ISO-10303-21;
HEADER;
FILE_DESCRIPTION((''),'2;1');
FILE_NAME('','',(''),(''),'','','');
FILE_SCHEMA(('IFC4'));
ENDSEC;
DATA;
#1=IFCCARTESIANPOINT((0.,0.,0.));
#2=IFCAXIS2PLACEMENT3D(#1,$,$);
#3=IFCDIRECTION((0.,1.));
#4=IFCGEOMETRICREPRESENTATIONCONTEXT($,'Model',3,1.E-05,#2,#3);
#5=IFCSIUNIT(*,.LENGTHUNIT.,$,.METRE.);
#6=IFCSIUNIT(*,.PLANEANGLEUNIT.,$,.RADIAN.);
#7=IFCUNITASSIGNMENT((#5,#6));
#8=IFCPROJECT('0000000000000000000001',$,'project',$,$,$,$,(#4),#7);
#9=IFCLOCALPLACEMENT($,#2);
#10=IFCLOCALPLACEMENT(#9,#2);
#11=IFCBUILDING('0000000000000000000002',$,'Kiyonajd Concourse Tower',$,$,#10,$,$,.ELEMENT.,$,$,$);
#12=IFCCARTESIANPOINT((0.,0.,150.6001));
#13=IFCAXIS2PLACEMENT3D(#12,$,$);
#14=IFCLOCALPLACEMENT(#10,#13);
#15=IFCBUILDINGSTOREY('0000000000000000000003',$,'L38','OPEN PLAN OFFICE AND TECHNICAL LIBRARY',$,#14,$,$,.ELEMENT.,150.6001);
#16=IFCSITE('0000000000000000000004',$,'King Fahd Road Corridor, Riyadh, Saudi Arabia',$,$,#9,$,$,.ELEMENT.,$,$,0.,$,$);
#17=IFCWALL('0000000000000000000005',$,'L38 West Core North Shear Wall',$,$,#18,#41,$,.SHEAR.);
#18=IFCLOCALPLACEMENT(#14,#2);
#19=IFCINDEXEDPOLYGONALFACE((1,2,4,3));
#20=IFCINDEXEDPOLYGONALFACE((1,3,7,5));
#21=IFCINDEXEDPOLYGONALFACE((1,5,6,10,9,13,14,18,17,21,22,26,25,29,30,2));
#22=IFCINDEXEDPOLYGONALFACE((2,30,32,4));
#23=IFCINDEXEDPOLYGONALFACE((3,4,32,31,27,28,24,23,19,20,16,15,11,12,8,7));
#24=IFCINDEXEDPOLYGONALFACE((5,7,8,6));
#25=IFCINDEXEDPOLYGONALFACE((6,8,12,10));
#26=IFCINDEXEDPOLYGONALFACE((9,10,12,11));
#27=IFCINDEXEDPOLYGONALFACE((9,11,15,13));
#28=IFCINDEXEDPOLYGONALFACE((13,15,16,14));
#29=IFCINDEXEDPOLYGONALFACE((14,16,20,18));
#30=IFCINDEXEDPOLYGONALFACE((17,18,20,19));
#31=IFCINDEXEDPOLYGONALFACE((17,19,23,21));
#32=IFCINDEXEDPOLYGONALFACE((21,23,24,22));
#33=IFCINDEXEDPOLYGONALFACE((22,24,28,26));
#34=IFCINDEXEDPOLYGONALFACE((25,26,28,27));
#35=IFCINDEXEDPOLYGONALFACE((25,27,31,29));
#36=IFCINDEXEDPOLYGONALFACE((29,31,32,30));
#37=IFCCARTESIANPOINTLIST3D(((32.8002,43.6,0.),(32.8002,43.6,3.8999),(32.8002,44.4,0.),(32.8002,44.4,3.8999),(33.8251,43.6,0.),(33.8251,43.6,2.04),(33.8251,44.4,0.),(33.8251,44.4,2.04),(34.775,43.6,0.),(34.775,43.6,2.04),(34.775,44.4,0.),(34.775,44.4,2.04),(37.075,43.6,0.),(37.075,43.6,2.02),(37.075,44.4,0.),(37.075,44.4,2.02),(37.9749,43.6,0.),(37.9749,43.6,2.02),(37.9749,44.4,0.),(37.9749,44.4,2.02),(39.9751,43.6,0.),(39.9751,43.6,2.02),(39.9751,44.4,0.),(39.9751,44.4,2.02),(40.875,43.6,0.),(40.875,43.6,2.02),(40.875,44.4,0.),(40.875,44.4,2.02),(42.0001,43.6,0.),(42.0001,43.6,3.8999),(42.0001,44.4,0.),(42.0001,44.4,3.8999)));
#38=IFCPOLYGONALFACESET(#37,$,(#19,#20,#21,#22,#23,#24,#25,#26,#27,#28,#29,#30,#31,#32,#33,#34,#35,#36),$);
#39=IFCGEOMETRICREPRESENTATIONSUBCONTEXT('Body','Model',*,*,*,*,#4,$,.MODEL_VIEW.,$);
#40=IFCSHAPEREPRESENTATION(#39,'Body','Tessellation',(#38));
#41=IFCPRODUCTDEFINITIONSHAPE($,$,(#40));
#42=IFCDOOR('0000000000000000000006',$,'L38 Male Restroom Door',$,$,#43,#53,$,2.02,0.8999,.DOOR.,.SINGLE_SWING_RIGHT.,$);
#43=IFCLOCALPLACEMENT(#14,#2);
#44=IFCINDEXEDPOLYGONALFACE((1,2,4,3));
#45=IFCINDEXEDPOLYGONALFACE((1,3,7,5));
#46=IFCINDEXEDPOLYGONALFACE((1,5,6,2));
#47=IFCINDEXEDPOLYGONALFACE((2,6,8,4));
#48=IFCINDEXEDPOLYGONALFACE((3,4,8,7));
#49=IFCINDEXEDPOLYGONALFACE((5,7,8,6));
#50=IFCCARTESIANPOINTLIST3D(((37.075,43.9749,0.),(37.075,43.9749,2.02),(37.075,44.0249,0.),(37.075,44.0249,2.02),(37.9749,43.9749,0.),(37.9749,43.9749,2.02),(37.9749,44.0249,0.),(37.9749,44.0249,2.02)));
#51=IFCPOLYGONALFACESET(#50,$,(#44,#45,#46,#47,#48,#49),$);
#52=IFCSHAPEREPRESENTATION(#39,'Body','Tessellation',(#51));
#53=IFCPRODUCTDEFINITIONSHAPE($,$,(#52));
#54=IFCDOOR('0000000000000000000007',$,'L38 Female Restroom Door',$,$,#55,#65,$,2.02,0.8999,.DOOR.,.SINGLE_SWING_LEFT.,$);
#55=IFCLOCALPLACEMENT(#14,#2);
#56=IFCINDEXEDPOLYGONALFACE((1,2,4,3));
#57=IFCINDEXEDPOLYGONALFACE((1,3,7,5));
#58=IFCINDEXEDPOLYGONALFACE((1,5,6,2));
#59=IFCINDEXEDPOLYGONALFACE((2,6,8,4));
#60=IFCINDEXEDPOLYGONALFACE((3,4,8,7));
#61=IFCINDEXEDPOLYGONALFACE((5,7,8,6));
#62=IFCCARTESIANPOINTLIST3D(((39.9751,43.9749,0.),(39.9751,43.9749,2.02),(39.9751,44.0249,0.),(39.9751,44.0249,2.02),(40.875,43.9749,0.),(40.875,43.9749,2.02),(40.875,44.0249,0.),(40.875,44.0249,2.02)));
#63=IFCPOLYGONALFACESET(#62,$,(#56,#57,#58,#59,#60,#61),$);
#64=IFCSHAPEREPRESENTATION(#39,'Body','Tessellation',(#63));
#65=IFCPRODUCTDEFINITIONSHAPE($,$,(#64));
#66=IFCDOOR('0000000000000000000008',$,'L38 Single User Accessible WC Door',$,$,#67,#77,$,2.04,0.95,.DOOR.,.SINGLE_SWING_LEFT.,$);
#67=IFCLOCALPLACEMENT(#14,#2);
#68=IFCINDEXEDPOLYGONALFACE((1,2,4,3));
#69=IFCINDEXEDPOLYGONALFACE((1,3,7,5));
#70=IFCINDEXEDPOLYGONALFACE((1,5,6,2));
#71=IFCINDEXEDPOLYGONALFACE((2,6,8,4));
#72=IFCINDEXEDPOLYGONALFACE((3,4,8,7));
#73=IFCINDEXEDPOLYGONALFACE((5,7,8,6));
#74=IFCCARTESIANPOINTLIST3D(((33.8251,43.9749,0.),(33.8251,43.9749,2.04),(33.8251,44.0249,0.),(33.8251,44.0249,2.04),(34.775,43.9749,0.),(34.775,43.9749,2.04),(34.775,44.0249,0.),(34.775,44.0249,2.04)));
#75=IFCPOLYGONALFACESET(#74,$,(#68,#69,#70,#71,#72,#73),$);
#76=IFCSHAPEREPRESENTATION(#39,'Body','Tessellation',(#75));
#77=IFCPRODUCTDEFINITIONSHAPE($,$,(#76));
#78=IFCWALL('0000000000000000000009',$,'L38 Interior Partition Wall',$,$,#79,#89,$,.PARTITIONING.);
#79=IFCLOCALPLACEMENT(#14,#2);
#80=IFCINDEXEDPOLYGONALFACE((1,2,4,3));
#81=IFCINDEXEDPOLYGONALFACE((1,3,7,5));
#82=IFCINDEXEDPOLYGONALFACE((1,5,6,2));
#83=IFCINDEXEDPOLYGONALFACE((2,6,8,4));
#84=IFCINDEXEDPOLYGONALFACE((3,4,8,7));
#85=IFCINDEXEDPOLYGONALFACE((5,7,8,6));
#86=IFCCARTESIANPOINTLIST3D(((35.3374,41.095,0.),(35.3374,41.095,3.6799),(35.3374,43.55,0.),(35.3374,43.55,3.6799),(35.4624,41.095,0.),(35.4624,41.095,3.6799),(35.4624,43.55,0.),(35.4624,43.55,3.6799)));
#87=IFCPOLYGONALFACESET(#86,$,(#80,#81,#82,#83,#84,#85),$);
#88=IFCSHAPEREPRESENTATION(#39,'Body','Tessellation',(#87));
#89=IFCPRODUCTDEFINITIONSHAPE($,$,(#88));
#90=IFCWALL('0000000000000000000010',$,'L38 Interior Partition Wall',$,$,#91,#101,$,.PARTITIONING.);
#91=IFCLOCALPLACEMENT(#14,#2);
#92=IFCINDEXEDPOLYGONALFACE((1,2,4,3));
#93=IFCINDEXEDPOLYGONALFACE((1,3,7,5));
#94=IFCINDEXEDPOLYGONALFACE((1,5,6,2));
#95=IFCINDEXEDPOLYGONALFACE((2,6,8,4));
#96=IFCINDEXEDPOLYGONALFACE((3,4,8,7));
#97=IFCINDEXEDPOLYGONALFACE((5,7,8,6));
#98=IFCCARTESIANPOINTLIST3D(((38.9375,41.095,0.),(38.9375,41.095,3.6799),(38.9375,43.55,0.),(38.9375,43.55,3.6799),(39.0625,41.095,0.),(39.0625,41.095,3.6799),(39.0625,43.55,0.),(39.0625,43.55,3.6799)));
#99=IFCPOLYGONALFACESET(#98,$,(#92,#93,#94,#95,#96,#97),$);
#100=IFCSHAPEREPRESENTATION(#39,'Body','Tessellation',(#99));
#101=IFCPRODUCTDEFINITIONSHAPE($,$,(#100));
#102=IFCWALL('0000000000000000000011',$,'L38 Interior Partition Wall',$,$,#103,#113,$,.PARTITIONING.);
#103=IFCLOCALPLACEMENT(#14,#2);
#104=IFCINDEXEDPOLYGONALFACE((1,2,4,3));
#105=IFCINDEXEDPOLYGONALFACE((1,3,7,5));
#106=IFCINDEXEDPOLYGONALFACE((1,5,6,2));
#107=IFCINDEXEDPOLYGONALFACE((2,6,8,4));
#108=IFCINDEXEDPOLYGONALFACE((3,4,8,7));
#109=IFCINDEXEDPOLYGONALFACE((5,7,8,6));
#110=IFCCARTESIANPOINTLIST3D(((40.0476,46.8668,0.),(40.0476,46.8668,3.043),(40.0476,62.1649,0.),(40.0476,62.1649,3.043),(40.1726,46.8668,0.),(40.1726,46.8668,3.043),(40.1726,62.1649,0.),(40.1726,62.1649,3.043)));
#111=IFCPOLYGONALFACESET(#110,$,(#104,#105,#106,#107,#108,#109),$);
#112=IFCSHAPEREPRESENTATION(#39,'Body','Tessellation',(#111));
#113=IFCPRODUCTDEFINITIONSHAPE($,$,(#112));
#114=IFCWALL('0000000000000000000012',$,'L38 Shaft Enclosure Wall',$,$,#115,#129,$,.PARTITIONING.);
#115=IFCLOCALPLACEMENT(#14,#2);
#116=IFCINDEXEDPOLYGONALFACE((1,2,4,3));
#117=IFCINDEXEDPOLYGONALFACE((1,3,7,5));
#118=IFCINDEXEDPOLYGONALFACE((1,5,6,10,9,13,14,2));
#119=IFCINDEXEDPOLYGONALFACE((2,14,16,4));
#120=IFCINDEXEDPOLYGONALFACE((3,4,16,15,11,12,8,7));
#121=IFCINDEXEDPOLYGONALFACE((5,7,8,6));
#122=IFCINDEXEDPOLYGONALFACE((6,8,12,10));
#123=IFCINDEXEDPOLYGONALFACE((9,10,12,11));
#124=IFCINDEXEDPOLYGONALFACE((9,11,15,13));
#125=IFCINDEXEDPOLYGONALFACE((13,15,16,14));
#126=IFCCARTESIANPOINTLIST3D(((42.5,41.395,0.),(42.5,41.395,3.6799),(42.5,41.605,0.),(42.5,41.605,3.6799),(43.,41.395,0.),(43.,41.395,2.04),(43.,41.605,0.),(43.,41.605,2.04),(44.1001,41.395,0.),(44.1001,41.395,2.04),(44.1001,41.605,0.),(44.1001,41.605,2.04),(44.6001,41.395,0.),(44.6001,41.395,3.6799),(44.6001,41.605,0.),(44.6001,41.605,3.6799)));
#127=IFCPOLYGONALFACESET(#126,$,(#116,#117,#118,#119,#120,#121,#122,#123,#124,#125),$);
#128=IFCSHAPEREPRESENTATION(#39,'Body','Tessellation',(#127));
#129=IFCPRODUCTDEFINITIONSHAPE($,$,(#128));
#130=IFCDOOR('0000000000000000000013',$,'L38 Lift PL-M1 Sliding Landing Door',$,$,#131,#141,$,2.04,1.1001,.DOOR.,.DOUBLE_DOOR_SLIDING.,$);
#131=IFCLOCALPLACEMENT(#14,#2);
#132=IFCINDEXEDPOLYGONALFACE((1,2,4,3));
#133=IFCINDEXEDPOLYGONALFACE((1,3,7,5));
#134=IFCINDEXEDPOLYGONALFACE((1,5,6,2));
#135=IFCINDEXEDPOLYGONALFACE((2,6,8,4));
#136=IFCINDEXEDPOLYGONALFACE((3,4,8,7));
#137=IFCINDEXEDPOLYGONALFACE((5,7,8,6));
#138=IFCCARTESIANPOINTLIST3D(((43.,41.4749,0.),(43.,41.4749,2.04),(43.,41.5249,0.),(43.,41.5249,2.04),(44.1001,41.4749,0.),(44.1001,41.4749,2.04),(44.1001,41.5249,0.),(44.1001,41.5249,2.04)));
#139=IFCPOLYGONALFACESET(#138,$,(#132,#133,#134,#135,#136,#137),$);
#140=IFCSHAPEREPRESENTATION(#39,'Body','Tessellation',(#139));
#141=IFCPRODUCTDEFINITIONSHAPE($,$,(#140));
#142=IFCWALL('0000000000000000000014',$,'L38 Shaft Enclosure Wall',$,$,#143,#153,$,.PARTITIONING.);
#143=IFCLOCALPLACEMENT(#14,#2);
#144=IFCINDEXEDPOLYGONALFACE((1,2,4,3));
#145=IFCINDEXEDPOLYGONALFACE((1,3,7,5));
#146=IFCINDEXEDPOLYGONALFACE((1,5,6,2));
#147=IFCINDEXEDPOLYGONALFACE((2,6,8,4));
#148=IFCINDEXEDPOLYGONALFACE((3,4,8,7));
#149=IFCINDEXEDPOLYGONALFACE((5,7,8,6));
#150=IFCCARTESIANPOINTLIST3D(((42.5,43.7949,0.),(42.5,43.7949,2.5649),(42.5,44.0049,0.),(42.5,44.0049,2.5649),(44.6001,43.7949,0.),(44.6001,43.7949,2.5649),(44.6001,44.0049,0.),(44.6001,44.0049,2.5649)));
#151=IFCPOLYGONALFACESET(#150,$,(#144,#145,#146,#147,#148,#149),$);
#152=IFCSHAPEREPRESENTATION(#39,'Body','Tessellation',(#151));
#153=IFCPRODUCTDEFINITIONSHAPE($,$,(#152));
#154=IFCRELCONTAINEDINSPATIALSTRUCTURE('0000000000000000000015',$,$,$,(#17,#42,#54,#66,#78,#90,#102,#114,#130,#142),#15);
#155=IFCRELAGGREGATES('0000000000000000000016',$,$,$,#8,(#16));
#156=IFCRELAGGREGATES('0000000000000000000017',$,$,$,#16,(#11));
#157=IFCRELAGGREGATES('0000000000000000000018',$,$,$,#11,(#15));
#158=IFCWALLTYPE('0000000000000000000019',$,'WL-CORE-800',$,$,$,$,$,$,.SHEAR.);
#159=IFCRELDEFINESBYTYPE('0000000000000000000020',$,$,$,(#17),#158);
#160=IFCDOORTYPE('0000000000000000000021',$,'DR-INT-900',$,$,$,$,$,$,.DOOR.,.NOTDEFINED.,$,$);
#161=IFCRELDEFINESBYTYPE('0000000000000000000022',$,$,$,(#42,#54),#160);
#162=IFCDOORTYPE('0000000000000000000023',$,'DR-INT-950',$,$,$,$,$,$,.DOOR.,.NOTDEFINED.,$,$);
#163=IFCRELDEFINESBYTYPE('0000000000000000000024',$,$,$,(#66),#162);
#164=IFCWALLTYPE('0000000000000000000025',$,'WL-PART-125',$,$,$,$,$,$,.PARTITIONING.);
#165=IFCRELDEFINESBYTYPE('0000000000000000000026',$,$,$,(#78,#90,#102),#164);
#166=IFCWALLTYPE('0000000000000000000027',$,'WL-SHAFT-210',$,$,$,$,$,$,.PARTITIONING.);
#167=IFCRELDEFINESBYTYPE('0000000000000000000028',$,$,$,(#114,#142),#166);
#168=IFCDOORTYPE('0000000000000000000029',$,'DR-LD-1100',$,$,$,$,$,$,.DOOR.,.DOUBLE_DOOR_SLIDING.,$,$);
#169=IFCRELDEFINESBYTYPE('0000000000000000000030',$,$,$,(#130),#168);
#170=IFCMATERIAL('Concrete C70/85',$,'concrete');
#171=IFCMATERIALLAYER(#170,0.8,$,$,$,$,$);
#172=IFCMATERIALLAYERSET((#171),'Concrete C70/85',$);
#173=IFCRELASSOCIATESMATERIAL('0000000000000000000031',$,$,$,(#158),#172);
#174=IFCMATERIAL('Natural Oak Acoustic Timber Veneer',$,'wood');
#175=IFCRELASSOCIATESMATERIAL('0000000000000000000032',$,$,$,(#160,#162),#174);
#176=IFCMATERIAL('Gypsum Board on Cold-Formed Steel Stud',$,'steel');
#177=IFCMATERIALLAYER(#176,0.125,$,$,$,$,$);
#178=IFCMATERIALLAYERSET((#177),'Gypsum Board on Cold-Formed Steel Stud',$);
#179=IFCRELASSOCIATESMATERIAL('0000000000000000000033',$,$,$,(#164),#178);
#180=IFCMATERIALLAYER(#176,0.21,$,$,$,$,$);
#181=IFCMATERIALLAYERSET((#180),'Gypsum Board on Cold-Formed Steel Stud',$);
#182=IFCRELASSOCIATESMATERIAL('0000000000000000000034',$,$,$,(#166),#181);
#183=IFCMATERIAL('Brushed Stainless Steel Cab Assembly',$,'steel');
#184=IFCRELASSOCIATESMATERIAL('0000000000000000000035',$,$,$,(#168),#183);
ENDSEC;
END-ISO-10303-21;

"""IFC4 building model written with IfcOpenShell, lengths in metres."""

from ifc_helpers import new_model, si_unit, direction, frame, frame_2d, origin, place, context, subcontext, project, spatial, rectangle, extrude, material, layer, layer_set, type_object, element, fill, save


model = new_model("IFC4")

# Units and contexts
model_context = context("Model", 3, precision=1e-05, world=origin(), true_north=direction((0.0, 1.0)))
body_context = subcontext(model_context, "Body", "Model", "MODEL_VIEW")
ifc_project = project(units=[si_unit("LENGTHUNIT", "METRE"), si_unit("PLANEANGLEUNIT", "RADIAN")], contexts=[model_context])

# Site, building, storey
site_placement = place(None, origin())
site = spatial("IfcSite", under=ifc_project, at=site_placement, Name="King Fahd Road Corridor, Riyadh, Saudi Arabia", CompositionType="ELEMENT", RefElevation=0.0)
building_placement = place(site_placement, origin())
building = spatial("IfcBuilding", under=site, at=building_placement, Name="Kiyonajd Concourse Tower", CompositionType="ELEMENT")
storey_placement = place(building_placement, frame((0.0, 0.0, 150.6001)))
storey = spatial("IfcBuildingStorey", under=building, at=storey_placement, Name="L38", Description="OPEN PLAN OFFICE AND TECHNICAL LIBRARY", CompositionType="ELEMENT", Elevation=150.6001)

# Shared definitions
ifc_material_1 = material(Name="Concrete C70/85", Category="concrete")

# Wall, openings, doors
ifc_layer_1 = layer(ifc_material_1, 0.8)
ifc_layer_set_1 = layer_set([ifc_layer_1], Name="Concrete C70/85")
wall_type_1 = type_object("IfcWallType", Name="WL-CORE-800", PredefinedType="SHEAR", material=ifc_layer_set_1)
wall_1_placement = place(storey_placement, frame((32.8, 44.0, 0.0), z_axis=(0.0, 0.0, 1.0), x_axis=(1.0, 0.0, 0.0)))
wall_1 = element("IfcWall", 1, at=wall_1_placement, inside=storey, type_object=wall_type_1, Name="L38 West Core North Shear Wall", PredefinedType="SHEAR", context=body_context, shape_type="SweptSolid", body=[
    extrude(rectangle(XDim=9.2, YDim=0.8, at=frame_2d((4.6001, 0.0))), origin(), (0.0, 0.0, 1.0), 3.8999),
])
opening_1_placement = place(wall_1_placement, frame((1.0249, 0.0, 0.0)))
opening_1 = element("IfcOpeningElement", 2, at=opening_1_placement, cuts=wall_1, PredefinedType="OPENING", context=body_context, shape_type="SweptSolid", body=[
    extrude(rectangle(XDim=0.95, YDim=2.04, at=frame_2d((0.4751, 1.02))), frame((0.0, 0.4099, 0.0), z_axis=(0.0, -1.0, 0.0), x_axis=(1.0, 0.0, 0.0)), (0.0, 0.0, 1.0), 0.8201),
])
opening_2_placement = place(wall_1_placement, frame((4.2749, 0.0, 0.0)))
opening_2 = element("IfcOpeningElement", 3, at=opening_2_placement, cuts=wall_1, PredefinedType="OPENING", context=body_context, shape_type="SweptSolid", body=[
    extrude(rectangle(XDim=0.8999, YDim=2.02, at=frame_2d((0.45, 1.01))), frame((0.0, 0.4099, 0.0), z_axis=(0.0, -1.0, 0.0), x_axis=(1.0, 0.0, 0.0)), (0.0, 0.0, 1.0), 0.8201),
])
opening_3_placement = place(wall_1_placement, frame((7.175, 0.0, 0.0)))
opening_3 = element("IfcOpeningElement", 4, at=opening_3_placement, cuts=wall_1, PredefinedType="OPENING", context=body_context, shape_type="SweptSolid", body=[
    extrude(rectangle(XDim=0.8999, YDim=2.02, at=frame_2d((0.45, 1.01))), frame((0.0, 0.4099, 0.0), z_axis=(0.0, -1.0, 0.0), x_axis=(1.0, 0.0, 0.0)), (0.0, 0.0, 1.0), 0.8201),
])
ifc_material_2 = material(Name="Natural Oak Acoustic Timber Veneer", Category="wood")
door_type_1 = type_object("IfcDoorType", Name="DR-INT-900", OperationType="NOTDEFINED", PredefinedType="DOOR", material=ifc_material_2)
door_1_placement = place(opening_2_placement, origin())
door_1 = element("IfcDoor", 5, at=door_1_placement, inside=storey, type_object=door_type_1, Name="L38 Male Restroom Door", OperationType="SINGLE_SWING_RIGHT", OverallHeight=2.02, OverallWidth=0.8999, PredefinedType="DOOR", context=body_context, shape_type="SweptSolid", body=[
    extrude(rectangle(XDim=0.8999, YDim=2.02, at=frame_2d((0.45, 1.01))), frame((0.0, 0.0249, 0.0), z_axis=(0.0, -1.0, 0.0), x_axis=(1.0, 0.0, 0.0)), (0.0, 0.0, 1.0), 0.05),
])
fill(opening_2, door_1)
door_2_placement = place(opening_3_placement, origin())
door_2 = element("IfcDoor", 6, at=door_2_placement, inside=storey, type_object=door_type_1, Name="L38 Female Restroom Door", OperationType="SINGLE_SWING_LEFT", OverallHeight=2.02, OverallWidth=0.8999, PredefinedType="DOOR", context=body_context, shape_type="SweptSolid", body=[
    extrude(rectangle(XDim=0.8999, YDim=2.02, at=frame_2d((0.45, 1.01))), frame((0.0, 0.0249, 0.0), z_axis=(0.0, -1.0, 0.0), x_axis=(1.0, 0.0, 0.0)), (0.0, 0.0, 1.0), 0.05),
])
fill(opening_3, door_2)
door_type_2 = type_object("IfcDoorType", Name="DR-INT-950", OperationType="NOTDEFINED", PredefinedType="DOOR", material=ifc_material_2)
door_3_placement = place(opening_1_placement, origin())
door_3 = element("IfcDoor", 7, at=door_3_placement, inside=storey, type_object=door_type_2, Name="L38 Single User Accessible WC Door", OperationType="SINGLE_SWING_LEFT", OverallHeight=2.04, OverallWidth=0.95, PredefinedType="DOOR", context=body_context, shape_type="SweptSolid", body=[
    extrude(rectangle(XDim=0.95, YDim=2.04, at=frame_2d((0.4751, 1.02))), frame((0.0, 0.0249, 0.0), z_axis=(0.0, -1.0, 0.0), x_axis=(1.0, 0.0, 0.0)), (0.0, 0.0, 1.0), 0.05),
])
fill(opening_1, door_3)

# Walls
ifc_material_3 = material(Name="Gypsum Board on Cold-Formed Steel Stud", Category="steel")
ifc_layer_2 = layer(ifc_material_3, 0.125)
ifc_layer_set_2 = layer_set([ifc_layer_2], Name="Gypsum Board on Cold-Formed Steel Stud")
wall_type_2 = type_object("IfcWallType", Name="WL-PART-125", PredefinedType="PARTITIONING", material=ifc_layer_set_2)
for number, where, z_axis, x_axis, name in (
    (8, (35.3999, 41.095, 0.0), (0.0, 0.0, 1.0), (0.0, 1.0, 0.0), "L38 Interior Partition Wall"),
    (9, (39.0, 41.095, 0.0), (0.0, 0.0, 1.0), (0.0, 1.0, 0.0), "L38 Interior Partition Wall"),
):
    element("IfcWall", number, at=place(storey_placement, frame(where, z_axis=z_axis, x_axis=x_axis)), inside=storey, type_object=wall_type_2, Name=name, PredefinedType="PARTITIONING", context=body_context, shape_type="SweptSolid", body=[
        extrude(rectangle(XDim=2.4551, YDim=0.125, at=frame_2d((1.2275, 0.0))), origin(), (0.0, 0.0, 1.0), 3.6799),
    ])
wall_2_placement = place(storey_placement, frame((40.1101, 46.8669, 0.0), z_axis=(0.0, 0.0, 1.0), x_axis=(0.0, 1.0, 0.0)))
element("IfcWall", 10, at=wall_2_placement, inside=storey, type_object=wall_type_2, Name="L38 Interior Partition Wall", PredefinedType="PARTITIONING", context=body_context, shape_type="SweptSolid", body=[
    extrude(rectangle(XDim=15.2981, YDim=0.125, at=frame_2d((7.6489, 0.0))), origin(), (0.0, 0.0, 1.0), 3.043),
])

# Wall, opening, door
ifc_layer_3 = layer(ifc_material_3, 0.21)
ifc_layer_set_3 = layer_set([ifc_layer_3], Name="Gypsum Board on Cold-Formed Steel Stud")
wall_type_3 = type_object("IfcWallType", Name="WL-SHAFT-210", PredefinedType="PARTITIONING", material=ifc_layer_set_3)
wall_3_placement = place(storey_placement, frame((42.5, 41.5, 0.0), z_axis=(0.0, 0.0, 1.0), x_axis=(1.0, 0.0, 0.0)))
wall_3 = element("IfcWall", 11, at=wall_3_placement, inside=storey, type_object=wall_type_3, Name="L38 Shaft Enclosure Wall", PredefinedType="PARTITIONING", context=body_context, shape_type="SweptSolid", body=[
    extrude(rectangle(XDim=2.1001, YDim=0.21, at=frame_2d((1.05, 0.0))), origin(), (0.0, 0.0, 1.0), 3.6799),
])
opening_4_placement = place(wall_3_placement, frame((0.5, 0.0, 0.0)))
opening_4 = element("IfcOpeningElement", 12, at=opening_4_placement, cuts=wall_3, PredefinedType="OPENING", context=body_context, shape_type="SweptSolid", body=[
    extrude(rectangle(XDim=1.1001, YDim=2.04, at=frame_2d((0.55, 1.02))), frame((0.0, 0.115, 0.0), z_axis=(0.0, -1.0, 0.0), x_axis=(1.0, 0.0, 0.0)), (0.0, 0.0, 1.0), 0.23),
])
ifc_material_4 = material(Name="Brushed Stainless Steel Cab Assembly", Category="steel")
door_type_3 = type_object("IfcDoorType", Name="DR-LD-1100", OperationType="DOUBLE_DOOR_SLIDING", PredefinedType="DOOR", material=ifc_material_4)
door_4_placement = place(opening_4_placement, origin())
door_4 = element("IfcDoor", 13, at=door_4_placement, inside=storey, type_object=door_type_3, Name="L38 Lift PL-M1 Sliding Landing Door", OperationType="DOUBLE_DOOR_SLIDING", OverallHeight=2.04, OverallWidth=1.1001, PredefinedType="DOOR", context=body_context, shape_type="SweptSolid", body=[
    extrude(rectangle(XDim=1.1001, YDim=2.04, at=frame_2d((0.55, 1.02))), frame((0.0, 0.0249, 0.0), z_axis=(0.0, -1.0, 0.0), x_axis=(1.0, 0.0, 0.0)), (0.0, 0.0, 1.0), 0.05),
])
fill(opening_4, door_4)

# Wall
wall_4_placement = place(storey_placement, frame((42.5, 43.8999, 0.0), z_axis=(0.0, 0.0, 1.0), x_axis=(1.0, 0.0, 0.0)))
element("IfcWall", 14, at=wall_4_placement, inside=storey, type_object=wall_type_3, Name="L38 Shaft Enclosure Wall", PredefinedType="PARTITIONING", context=body_context, shape_type="SweptSolid", body=[
    extrude(rectangle(XDim=2.1001, YDim=0.21, at=frame_2d((1.05, 0.0))), origin(), (0.0, 0.0, 1.0), 2.5649),
])

save(model, "model.ifc")
